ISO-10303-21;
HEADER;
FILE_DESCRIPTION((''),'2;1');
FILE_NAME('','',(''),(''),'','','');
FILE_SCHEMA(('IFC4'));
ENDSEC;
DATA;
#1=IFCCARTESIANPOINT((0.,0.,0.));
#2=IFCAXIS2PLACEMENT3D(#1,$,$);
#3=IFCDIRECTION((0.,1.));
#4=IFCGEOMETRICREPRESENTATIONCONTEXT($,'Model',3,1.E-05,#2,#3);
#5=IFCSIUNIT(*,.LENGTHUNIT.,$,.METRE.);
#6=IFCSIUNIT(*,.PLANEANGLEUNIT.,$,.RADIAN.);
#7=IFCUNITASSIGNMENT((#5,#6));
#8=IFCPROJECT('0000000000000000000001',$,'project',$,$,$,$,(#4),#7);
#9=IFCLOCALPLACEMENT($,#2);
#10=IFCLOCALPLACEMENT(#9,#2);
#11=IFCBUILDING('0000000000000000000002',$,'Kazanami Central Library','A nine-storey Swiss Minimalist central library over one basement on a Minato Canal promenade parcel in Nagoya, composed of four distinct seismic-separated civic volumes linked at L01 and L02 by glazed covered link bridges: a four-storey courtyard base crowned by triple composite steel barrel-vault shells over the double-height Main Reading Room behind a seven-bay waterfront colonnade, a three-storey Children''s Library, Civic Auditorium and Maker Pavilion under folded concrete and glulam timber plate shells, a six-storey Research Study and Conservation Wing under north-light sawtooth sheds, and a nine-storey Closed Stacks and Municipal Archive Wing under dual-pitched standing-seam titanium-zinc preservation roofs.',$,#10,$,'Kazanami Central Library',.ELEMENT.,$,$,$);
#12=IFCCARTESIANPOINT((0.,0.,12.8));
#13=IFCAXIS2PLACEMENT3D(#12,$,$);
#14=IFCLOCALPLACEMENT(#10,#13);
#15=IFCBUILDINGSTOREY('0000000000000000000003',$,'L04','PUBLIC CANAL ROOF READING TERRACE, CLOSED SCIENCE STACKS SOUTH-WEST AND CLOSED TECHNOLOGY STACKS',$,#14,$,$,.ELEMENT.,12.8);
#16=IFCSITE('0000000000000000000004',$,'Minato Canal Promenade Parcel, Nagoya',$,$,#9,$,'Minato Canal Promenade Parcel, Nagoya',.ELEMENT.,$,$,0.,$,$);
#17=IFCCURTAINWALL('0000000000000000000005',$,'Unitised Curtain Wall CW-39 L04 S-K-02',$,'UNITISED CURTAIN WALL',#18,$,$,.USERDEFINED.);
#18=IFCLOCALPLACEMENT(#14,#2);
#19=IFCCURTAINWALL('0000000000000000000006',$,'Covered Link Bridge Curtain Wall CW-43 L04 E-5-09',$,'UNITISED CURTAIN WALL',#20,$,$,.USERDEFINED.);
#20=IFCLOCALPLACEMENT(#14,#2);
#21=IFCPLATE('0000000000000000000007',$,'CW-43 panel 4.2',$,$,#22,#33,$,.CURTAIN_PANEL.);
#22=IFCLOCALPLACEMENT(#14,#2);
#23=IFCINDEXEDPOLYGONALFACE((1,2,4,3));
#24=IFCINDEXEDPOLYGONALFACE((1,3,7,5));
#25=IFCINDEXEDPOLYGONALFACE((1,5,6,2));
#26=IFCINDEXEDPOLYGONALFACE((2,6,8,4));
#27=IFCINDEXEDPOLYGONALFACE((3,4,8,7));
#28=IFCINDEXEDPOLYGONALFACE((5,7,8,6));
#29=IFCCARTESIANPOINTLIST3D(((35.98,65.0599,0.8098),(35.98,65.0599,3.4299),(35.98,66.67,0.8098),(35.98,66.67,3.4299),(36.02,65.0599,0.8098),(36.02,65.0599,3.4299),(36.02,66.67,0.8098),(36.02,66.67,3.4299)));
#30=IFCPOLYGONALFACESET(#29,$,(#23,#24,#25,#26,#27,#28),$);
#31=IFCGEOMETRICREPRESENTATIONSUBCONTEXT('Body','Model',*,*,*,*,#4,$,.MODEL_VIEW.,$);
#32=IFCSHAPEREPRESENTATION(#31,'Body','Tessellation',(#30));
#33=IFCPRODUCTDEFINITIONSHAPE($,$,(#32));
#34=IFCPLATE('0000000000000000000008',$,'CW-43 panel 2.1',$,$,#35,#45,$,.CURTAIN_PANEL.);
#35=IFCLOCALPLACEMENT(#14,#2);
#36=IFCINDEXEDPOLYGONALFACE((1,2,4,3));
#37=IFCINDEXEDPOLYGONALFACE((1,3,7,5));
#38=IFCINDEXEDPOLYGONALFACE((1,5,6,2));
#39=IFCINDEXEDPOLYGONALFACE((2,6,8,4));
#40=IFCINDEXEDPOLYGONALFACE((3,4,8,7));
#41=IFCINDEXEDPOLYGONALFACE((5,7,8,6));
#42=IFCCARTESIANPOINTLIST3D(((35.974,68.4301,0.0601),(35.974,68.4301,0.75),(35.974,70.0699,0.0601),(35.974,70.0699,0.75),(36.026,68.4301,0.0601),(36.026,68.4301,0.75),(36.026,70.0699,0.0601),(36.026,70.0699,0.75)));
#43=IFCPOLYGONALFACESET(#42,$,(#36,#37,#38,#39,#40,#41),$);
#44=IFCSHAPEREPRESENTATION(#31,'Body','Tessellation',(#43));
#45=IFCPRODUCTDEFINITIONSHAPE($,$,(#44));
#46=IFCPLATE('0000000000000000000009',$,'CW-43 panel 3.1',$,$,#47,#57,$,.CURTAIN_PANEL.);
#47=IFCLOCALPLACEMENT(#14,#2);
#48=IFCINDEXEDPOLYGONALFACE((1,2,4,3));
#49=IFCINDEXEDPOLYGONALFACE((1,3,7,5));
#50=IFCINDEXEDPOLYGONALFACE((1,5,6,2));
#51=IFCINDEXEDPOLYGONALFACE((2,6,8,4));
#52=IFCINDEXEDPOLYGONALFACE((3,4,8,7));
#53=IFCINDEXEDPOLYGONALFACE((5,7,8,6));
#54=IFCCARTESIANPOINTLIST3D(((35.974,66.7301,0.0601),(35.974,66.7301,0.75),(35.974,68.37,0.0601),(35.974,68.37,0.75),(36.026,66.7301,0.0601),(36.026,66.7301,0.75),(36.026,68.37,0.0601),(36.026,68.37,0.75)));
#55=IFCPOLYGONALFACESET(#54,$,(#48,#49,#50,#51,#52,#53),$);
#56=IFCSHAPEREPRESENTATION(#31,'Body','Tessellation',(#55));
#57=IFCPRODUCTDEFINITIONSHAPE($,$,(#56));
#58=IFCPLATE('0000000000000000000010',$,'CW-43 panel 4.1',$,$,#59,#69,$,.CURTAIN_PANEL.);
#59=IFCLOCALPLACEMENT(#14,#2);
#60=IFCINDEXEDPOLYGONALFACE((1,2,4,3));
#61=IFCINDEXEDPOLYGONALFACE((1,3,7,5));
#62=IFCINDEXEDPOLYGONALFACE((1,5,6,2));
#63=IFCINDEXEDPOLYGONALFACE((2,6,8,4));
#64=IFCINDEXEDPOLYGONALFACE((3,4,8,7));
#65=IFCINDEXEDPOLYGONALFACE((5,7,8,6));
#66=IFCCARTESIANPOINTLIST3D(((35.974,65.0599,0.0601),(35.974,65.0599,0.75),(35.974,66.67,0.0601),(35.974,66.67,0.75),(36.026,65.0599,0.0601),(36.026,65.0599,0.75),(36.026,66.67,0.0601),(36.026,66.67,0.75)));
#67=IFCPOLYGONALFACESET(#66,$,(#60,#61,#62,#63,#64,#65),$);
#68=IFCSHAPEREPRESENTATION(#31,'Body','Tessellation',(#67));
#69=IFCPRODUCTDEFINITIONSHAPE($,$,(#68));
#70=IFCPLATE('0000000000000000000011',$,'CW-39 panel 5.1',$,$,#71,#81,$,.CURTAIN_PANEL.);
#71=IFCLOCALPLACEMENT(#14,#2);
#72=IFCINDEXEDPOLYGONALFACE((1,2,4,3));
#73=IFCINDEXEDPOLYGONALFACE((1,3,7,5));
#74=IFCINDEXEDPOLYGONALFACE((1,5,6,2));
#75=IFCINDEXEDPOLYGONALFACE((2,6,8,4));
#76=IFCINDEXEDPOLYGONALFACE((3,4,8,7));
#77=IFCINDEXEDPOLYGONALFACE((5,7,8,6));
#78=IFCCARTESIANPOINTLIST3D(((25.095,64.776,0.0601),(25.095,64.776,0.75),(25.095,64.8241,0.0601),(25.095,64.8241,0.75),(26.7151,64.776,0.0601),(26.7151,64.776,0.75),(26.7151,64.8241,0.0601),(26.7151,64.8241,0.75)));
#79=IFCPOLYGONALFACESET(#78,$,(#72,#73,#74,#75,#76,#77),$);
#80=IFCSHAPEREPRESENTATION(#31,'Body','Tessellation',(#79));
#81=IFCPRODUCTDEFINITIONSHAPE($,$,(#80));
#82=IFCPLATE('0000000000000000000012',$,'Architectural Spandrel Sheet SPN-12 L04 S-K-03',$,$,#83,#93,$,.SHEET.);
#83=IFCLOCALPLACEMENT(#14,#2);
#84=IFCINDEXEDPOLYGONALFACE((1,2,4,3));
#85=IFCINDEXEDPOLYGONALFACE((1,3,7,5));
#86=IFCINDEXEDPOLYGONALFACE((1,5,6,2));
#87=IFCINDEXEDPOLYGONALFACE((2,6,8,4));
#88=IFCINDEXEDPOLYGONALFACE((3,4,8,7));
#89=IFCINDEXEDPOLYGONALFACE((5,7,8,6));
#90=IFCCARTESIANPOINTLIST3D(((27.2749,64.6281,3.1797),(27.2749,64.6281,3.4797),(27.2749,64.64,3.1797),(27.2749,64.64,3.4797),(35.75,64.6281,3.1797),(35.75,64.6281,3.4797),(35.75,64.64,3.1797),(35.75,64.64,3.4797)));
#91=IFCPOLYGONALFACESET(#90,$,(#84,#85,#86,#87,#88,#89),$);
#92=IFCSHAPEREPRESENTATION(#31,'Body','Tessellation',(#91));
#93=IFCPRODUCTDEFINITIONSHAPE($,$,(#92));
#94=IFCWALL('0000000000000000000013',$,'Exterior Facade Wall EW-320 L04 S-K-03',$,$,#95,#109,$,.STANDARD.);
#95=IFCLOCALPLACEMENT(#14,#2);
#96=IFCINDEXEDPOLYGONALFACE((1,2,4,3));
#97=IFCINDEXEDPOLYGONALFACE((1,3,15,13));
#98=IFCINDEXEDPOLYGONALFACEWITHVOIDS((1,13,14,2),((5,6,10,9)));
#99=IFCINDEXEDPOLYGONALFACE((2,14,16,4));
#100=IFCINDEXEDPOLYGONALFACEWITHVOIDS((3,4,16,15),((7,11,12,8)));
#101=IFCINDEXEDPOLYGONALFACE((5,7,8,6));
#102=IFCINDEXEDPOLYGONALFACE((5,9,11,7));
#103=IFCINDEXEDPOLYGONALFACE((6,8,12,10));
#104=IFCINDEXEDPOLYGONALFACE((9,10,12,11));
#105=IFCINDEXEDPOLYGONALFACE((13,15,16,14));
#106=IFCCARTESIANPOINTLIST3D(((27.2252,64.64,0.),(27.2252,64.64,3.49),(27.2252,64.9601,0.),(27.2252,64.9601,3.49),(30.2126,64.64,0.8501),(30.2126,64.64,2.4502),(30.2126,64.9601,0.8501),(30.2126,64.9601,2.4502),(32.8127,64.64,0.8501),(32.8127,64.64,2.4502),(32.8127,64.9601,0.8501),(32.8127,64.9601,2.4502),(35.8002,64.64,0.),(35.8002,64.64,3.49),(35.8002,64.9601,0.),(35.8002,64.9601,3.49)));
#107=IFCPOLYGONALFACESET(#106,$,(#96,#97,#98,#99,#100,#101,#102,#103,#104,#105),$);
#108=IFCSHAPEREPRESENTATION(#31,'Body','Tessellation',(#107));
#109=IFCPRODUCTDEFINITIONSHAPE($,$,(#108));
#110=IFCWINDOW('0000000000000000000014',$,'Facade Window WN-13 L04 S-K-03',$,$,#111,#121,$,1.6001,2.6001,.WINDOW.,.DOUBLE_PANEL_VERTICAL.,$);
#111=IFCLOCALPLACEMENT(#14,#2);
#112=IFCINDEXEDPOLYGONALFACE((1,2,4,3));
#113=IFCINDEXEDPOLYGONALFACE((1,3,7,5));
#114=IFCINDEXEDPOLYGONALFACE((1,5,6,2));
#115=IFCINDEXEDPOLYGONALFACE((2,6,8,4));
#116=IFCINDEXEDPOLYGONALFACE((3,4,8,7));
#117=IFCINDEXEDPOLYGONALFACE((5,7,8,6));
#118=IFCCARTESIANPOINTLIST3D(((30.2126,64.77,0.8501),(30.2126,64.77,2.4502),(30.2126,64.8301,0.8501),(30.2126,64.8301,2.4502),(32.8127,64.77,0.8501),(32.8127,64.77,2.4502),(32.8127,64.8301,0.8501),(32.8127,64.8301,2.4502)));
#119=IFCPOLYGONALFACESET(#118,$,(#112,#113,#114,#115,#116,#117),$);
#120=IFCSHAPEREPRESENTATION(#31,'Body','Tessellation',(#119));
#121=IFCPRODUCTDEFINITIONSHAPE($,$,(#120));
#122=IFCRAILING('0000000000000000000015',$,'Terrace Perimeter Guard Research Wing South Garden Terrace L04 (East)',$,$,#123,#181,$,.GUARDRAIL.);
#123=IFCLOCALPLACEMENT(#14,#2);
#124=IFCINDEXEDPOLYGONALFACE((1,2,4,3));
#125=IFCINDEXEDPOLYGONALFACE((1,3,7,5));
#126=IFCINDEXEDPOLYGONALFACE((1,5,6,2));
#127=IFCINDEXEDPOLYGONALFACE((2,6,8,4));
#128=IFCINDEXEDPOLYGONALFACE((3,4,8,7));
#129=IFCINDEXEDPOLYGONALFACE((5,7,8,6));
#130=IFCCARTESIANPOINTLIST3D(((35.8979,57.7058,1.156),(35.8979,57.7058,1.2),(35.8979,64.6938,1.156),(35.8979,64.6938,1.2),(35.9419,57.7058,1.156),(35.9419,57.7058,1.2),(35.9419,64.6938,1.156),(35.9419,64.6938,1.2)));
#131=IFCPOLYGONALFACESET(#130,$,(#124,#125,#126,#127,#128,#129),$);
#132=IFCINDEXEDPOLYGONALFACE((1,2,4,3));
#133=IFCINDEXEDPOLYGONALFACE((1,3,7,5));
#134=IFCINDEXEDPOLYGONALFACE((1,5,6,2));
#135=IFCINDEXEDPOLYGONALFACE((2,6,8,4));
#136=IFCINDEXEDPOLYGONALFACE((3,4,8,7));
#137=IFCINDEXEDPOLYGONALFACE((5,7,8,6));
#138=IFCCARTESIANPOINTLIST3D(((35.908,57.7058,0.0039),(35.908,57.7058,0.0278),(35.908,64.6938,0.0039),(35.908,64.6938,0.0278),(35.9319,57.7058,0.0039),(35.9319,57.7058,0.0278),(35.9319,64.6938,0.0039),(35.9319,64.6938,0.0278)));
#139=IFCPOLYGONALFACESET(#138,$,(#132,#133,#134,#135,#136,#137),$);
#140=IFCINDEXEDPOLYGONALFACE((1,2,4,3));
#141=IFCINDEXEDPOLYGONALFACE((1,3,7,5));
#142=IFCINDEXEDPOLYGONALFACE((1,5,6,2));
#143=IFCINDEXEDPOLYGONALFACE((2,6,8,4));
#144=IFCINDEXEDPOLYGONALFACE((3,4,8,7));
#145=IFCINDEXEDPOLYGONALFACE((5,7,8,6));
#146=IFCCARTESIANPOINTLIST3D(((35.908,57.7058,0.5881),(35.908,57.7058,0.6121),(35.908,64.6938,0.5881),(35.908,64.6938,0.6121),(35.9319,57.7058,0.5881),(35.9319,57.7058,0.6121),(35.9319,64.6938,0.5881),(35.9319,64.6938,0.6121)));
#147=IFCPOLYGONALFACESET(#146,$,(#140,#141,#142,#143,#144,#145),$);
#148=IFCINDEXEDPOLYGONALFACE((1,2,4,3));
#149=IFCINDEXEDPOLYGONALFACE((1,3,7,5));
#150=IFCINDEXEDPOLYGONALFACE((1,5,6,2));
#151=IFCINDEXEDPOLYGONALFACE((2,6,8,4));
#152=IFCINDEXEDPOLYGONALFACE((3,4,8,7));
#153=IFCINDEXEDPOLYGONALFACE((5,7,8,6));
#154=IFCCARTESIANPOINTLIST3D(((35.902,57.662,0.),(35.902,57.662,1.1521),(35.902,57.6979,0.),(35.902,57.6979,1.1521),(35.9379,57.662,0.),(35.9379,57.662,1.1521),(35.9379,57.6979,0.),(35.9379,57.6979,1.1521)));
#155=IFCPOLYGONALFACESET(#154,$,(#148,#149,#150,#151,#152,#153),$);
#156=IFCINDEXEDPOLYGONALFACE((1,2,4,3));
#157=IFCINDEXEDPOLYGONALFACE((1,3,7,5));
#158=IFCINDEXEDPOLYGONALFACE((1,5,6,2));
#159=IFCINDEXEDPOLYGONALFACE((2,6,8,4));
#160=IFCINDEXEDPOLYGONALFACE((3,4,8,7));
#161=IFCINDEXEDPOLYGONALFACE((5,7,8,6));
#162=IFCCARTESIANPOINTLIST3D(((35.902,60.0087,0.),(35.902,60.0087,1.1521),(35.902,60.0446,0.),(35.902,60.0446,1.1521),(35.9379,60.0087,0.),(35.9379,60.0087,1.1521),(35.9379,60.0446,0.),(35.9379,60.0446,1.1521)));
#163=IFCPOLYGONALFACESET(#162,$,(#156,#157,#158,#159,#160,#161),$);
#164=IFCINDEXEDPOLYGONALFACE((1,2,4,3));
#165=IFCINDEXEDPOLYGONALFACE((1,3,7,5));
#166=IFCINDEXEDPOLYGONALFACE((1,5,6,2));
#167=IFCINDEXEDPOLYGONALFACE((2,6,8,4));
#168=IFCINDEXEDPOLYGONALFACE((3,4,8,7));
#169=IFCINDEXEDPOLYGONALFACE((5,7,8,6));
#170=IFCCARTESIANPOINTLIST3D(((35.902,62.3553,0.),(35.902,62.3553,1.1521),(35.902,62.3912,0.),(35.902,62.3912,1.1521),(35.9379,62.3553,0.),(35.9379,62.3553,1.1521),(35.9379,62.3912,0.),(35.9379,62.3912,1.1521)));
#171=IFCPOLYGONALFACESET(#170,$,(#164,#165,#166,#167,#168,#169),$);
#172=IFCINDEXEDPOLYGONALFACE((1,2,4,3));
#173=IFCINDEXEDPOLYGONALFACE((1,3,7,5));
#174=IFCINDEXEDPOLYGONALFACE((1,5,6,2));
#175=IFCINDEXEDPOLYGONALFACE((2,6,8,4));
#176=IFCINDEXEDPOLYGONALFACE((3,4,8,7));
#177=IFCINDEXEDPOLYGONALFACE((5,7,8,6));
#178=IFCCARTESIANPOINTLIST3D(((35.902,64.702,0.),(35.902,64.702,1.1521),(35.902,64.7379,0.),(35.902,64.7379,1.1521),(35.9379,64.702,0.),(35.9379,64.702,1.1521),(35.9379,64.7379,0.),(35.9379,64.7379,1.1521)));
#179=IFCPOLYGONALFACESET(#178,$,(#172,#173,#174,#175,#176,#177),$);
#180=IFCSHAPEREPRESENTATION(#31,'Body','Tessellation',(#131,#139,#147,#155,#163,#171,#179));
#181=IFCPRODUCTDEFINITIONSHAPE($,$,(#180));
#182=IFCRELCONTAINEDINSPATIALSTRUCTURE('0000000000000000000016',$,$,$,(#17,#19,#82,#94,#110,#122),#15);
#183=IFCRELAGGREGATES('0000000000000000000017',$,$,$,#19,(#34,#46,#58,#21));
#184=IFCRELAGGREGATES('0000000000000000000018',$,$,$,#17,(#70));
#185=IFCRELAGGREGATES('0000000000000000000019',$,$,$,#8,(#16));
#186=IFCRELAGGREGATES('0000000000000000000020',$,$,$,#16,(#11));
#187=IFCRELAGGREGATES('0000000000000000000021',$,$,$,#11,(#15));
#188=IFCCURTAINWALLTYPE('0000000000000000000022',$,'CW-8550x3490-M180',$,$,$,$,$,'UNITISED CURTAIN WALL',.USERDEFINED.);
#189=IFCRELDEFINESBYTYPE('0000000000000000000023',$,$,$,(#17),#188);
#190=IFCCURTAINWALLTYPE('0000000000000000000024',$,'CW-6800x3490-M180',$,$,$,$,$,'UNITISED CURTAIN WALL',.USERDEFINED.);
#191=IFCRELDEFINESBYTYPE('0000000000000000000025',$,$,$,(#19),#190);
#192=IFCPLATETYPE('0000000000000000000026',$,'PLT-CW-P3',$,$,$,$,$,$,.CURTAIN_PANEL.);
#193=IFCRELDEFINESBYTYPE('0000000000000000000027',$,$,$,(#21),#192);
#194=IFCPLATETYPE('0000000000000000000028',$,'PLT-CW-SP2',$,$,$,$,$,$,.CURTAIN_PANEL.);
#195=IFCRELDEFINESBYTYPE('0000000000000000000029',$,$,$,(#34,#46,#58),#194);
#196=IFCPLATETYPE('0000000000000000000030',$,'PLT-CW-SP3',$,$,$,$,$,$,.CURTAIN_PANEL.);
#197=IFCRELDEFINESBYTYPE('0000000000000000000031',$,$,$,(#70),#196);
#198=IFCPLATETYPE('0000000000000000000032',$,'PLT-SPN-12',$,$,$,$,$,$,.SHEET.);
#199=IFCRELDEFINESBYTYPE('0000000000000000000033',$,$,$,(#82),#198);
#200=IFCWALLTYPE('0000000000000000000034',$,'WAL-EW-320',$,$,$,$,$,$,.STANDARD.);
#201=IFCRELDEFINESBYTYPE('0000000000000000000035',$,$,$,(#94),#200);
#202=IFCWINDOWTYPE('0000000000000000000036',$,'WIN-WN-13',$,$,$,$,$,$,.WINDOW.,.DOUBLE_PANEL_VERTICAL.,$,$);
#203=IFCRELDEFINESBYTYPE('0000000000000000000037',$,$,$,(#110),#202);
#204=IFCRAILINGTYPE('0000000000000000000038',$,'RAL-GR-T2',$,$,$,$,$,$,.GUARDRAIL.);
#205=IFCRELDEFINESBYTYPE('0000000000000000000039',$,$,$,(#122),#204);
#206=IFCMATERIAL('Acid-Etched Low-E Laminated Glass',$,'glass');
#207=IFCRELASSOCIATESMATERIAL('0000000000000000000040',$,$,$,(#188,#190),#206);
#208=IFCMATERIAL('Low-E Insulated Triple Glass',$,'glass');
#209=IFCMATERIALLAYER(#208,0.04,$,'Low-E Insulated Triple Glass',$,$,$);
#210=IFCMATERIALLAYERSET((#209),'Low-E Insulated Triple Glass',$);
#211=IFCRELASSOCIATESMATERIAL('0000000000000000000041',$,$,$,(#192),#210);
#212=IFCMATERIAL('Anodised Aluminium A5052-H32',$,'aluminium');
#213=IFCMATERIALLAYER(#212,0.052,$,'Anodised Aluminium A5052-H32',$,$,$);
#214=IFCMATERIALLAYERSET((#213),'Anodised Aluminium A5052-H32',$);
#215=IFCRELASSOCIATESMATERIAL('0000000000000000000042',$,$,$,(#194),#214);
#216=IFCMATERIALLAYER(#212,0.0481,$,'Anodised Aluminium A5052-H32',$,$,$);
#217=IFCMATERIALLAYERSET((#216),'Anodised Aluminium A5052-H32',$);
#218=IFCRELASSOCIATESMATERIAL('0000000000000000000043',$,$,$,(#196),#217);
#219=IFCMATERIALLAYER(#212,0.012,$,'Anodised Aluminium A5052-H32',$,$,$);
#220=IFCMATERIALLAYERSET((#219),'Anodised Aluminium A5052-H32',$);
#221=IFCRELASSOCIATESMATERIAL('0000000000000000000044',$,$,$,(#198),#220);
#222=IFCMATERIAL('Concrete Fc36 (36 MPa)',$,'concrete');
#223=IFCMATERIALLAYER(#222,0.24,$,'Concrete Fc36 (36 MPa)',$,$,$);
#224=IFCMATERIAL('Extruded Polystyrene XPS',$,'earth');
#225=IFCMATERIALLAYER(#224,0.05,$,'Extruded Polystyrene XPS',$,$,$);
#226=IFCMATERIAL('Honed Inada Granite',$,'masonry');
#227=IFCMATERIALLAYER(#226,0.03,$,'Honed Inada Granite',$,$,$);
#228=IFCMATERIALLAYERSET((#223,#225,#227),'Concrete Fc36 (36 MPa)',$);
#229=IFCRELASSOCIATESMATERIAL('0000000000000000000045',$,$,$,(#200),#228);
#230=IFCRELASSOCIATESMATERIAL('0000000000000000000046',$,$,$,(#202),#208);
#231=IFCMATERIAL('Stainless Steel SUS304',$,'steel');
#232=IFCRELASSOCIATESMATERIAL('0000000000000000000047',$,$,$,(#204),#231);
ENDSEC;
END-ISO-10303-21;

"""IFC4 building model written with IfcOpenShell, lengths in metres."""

from ifc_helpers import new_model, si_unit, direction, frame, frame_2d, origin, origin_2d, place, context, subcontext, project, spatial, rectangle, extrude, material, layer, layer_set, type_object, element, fill, aggregate, save


model = new_model("IFC4")

# Units and contexts
model_context = context("Model", 3, precision=1e-05, world=origin(), true_north=direction((0.0, 1.0)))
body_context = subcontext(model_context, "Body", "Model", "MODEL_VIEW")
ifc_project = project(units=[si_unit("LENGTHUNIT", "METRE"), si_unit("PLANEANGLEUNIT", "RADIAN")], contexts=[model_context])

# Site, building, storey
site_placement = place(None, origin())
site = spatial("IfcSite", under=ifc_project, at=site_placement, Name="Minato Canal Promenade Parcel, Nagoya", LongName="Minato Canal Promenade Parcel, Nagoya", CompositionType="ELEMENT", RefElevation=0.0)
building_placement = place(site_placement, origin())
building = spatial("IfcBuilding", under=site, at=building_placement, Name="Kazanami Central Library", Description="A nine-storey Swiss Minimalist central library over one basement on a Minato Canal promenade parcel in Nagoya, composed of four distinct seismic-separated civic volumes linked at L01 and L02 by glazed covered link bridges: a four-storey courtyard base crowned by triple composite steel barrel-vault shells over the double-height Main Reading Room behind a seven-bay waterfront colonnade, a three-storey Children's Library, Civic Auditorium and Maker Pavilion under folded concrete and glulam timber plate shells, a six-storey Research Study and Conservation Wing under north-light sawtooth sheds, and a nine-storey Closed Stacks and Municipal Archive Wing under dual-pitched standing-seam titanium-zinc preservation roofs.", LongName="Kazanami Central Library", CompositionType="ELEMENT")
storey_placement = place(building_placement, frame((0.0, 0.0, 12.8)))
storey = spatial("IfcBuildingStorey", under=building, at=storey_placement, Name="L04", Description="PUBLIC CANAL ROOF READING TERRACE, CLOSED SCIENCE STACKS SOUTH-WEST AND CLOSED TECHNOLOGY STACKS", CompositionType="ELEMENT", Elevation=12.8)

# Curtain wall
ifc_material_1 = material(Name="Acid-Etched Low-E Laminated Glass", Category="glass")
curtain_wall_type_1 = type_object("IfcCurtainWallType", Name="CW-8550x3490-M180", ElementType="UNITISED CURTAIN WALL", PredefinedType="USERDEFINED", material=ifc_material_1)
curtain_wall_1_placement = place(storey_placement, origin())
curtain_wall_1 = element("IfcCurtainWall", 1, at=curtain_wall_1_placement, inside=storey, type_object=curtain_wall_type_1, Name="Unitised Curtain Wall CW-39 L04 S-K-02", ObjectType="UNITISED CURTAIN WALL", PredefinedType="USERDEFINED")

# Curtain wall
curtain_wall_type_2 = type_object("IfcCurtainWallType", Name="CW-6800x3490-M180", ElementType="UNITISED CURTAIN WALL", PredefinedType="USERDEFINED", material=ifc_material_1)
curtain_wall_2_placement = place(storey_placement, origin())
curtain_wall_2 = element("IfcCurtainWall", 2, at=curtain_wall_2_placement, inside=storey, type_object=curtain_wall_type_2, Name="Covered Link Bridge Curtain Wall CW-43 L04 E-5-09", ObjectType="UNITISED CURTAIN WALL", PredefinedType="USERDEFINED")

# Plates
ifc_material_2 = material(Name="Low-E Insulated Triple Glass", Category="glass")
ifc_layer_1 = layer(ifc_material_2, 0.04, Name="Low-E Insulated Triple Glass")
ifc_layer_set_1 = layer_set([ifc_layer_1], Name="Low-E Insulated Triple Glass")
plate_type_1 = type_object("IfcPlateType", Name="PLT-CW-P3", PredefinedType="CURTAIN_PANEL", material=ifc_layer_set_1)
plate_1_placement = place(storey_placement, frame((36.0, 65.865, 0.8098), z_axis=(0.0, 0.0, 1.0), x_axis=(0.0, -1.0, 0.0)))
plate_1 = element("IfcPlate", 3, at=plate_1_placement, type_object=plate_type_1, Name="CW-43 panel 4.2", PredefinedType="CURTAIN_PANEL", context=body_context, shape_type="SweptSolid", body=[
    extrude(rectangle(XDim=1.6101, YDim=0.04, at=origin_2d()), origin(), (0.0, 0.0, 1.0), 2.6201),
])
ifc_material_3 = material(Name="Anodised Aluminium A5052-H32", Category="aluminium")
ifc_layer_2 = layer(ifc_material_3, 0.052, Name="Anodised Aluminium A5052-H32")
ifc_layer_set_2 = layer_set([ifc_layer_2], Name="Anodised Aluminium A5052-H32")
plate_type_2 = type_object("IfcPlateType", Name="PLT-CW-SP2", PredefinedType="CURTAIN_PANEL", material=ifc_layer_set_2)
plate_2_placement = place(storey_placement, frame((36.0, 69.25, 0.0601), z_axis=(0.0, 0.0, 1.0), x_axis=(0.0, -1.0, 0.0)))
plate_2 = element("IfcPlate", 4, at=plate_2_placement, type_object=plate_type_2, Name="CW-43 panel 2.1", PredefinedType="CURTAIN_PANEL", context=body_context, shape_type="SweptSolid", body=[
    extrude(rectangle(XDim=1.6399, YDim=0.052, at=origin_2d()), origin(), (0.0, 0.0, 1.0), 0.6899),
])
plate_3_placement = place(storey_placement, frame((36.0, 67.55, 0.0601), z_axis=(0.0, 0.0, 1.0), x_axis=(0.0, -1.0, 0.0)))
plate_3 = element("IfcPlate", 5, at=plate_3_placement, type_object=plate_type_2, Name="CW-43 panel 3.1", PredefinedType="CURTAIN_PANEL", context=body_context, shape_type="SweptSolid", body=[
    extrude(rectangle(XDim=1.6399, YDim=0.052, at=origin_2d()), origin(), (0.0, 0.0, 1.0), 0.6899),
])
plate_4_placement = place(storey_placement, frame((36.0, 65.865, 0.0601), z_axis=(0.0, 0.0, 1.0), x_axis=(0.0, -1.0, 0.0)))
plate_4 = element("IfcPlate", 6, at=plate_4_placement, type_object=plate_type_2, Name="CW-43 panel 4.1", PredefinedType="CURTAIN_PANEL", context=body_context, shape_type="SweptSolid", body=[
    extrude(rectangle(XDim=1.6101, YDim=0.052, at=origin_2d()), origin(), (0.0, 0.0, 1.0), 0.6899),
])
aggregate(curtain_wall_2, [plate_2, plate_3, plate_4, plate_1])
ifc_layer_3 = layer(ifc_material_3, 0.0481, Name="Anodised Aluminium A5052-H32")
ifc_layer_set_3 = layer_set([ifc_layer_3], Name="Anodised Aluminium A5052-H32")
plate_type_3 = type_object("IfcPlateType", Name="PLT-CW-SP3", PredefinedType="CURTAIN_PANEL", material=ifc_layer_set_3)
plate_5_placement = place(storey_placement, frame((25.905, 64.8, 0.0601), z_axis=(0.0, 0.0, 1.0), x_axis=(1.0, 0.0, 0.0)))
plate_5 = element("IfcPlate", 7, at=plate_5_placement, type_object=plate_type_3, Name="CW-39 panel 5.1", PredefinedType="CURTAIN_PANEL", context=body_context, shape_type="SweptSolid", body=[
    extrude(rectangle(XDim=1.6201, YDim=0.0481, at=origin_2d()), origin(), (0.0, 0.0, 1.0), 0.6899),
])
aggregate(curtain_wall_1, [plate_5])
ifc_layer_4 = layer(ifc_material_3, 0.012, Name="Anodised Aluminium A5052-H32")
ifc_layer_set_4 = layer_set([ifc_layer_4], Name="Anodised Aluminium A5052-H32")
plate_type_4 = type_object("IfcPlateType", Name="PLT-SPN-12", PredefinedType="SHEET", material=ifc_layer_set_4)
plate_6_placement = place(storey_placement, frame((31.5125, 64.634, 3.1797), z_axis=(0.0, 0.0, 1.0), x_axis=(1.0, 0.0, 0.0)))
element("IfcPlate", 8, at=plate_6_placement, inside=storey, type_object=plate_type_4, Name="Architectural Spandrel Sheet SPN-12 L04 S-K-03", PredefinedType="SHEET", context=body_context, shape_type="SweptSolid", body=[
    extrude(rectangle(XDim=8.4751, YDim=0.012, at=origin_2d()), origin(), (0.0, 0.0, 1.0), 0.3),
])

# Wall, opening, window
ifc_material_4 = material(Name="Concrete Fc36 (36 MPa)", Category="concrete")
ifc_layer_5 = layer(ifc_material_4, 0.24, Name="Concrete Fc36 (36 MPa)")
ifc_material_5 = material(Name="Extruded Polystyrene XPS", Category="earth")
ifc_layer_6 = layer(ifc_material_5, 0.05, Name="Extruded Polystyrene XPS")
ifc_material_6 = material(Name="Honed Inada Granite", Category="masonry")
ifc_layer_7 = layer(ifc_material_6, 0.03, Name="Honed Inada Granite")
ifc_layer_set_5 = layer_set([ifc_layer_5, ifc_layer_6, ifc_layer_7], Name="Concrete Fc36 (36 MPa)")
wall_type = type_object("IfcWallType", Name="WAL-EW-320", PredefinedType="STANDARD", material=ifc_layer_set_5)
wall_placement = place(storey_placement, frame((27.2251, 64.8, 0.0), z_axis=(0.0, 0.0, 1.0), x_axis=(1.0, 0.0, 0.0)))
wall = element("IfcWall", 9, at=wall_placement, inside=storey, type_object=wall_type, Name="Exterior Facade Wall EW-320 L04 S-K-03", PredefinedType="STANDARD", context=body_context, shape_type="SweptSolid", body=[
    extrude(rectangle(XDim=8.575, YDim=0.3201, at=frame_2d((4.2876, 0.0))), origin(), (0.0, 0.0, 1.0), 3.49),
])
opening_placement = place(wall_placement, frame((2.9875, 0.0, 0.8501)))
opening = element("IfcOpeningElement", 10, at=opening_placement, cuts=wall, PredefinedType="OPENING", context=body_context, shape_type="SweptSolid", body=[
    extrude(rectangle(XDim=2.6001, YDim=1.6001, at=frame_2d((1.3, 0.8))), frame((0.0, 0.1719, 0.0), z_axis=(0.0, -1.0, 0.0), x_axis=(1.0, 0.0, 0.0)), (0.0, 0.0, 1.0), 0.344),
])
window_type = type_object("IfcWindowType", Name="WIN-WN-13", PartitioningType="DOUBLE_PANEL_VERTICAL", PredefinedType="WINDOW", material=ifc_material_2)
window_placement = place(opening_placement, origin())
window = element("IfcWindow", 11, at=window_placement, inside=storey, type_object=window_type, Name="Facade Window WN-13 L04 S-K-03", OverallHeight=1.6001, OverallWidth=2.6001, PartitioningType="DOUBLE_PANEL_VERTICAL", PredefinedType="WINDOW", context=body_context, shape_type="SweptSolid", body=[
    extrude(rectangle(XDim=2.6001, YDim=1.6001, at=frame_2d((1.3, 0.8))), frame((0.0, 0.03, 0.0), z_axis=(0.0, -1.0, 0.0), x_axis=(1.0, 0.0, 0.0)), (0.0, 0.0, 1.0), 0.0601),
])
fill(opening, window)

# Railing
ifc_material_7 = material(Name="Stainless Steel SUS304", Category="steel")
railing_type = type_object("IfcRailingType", Name="RAL-GR-T2", PredefinedType="GUARDRAIL", material=ifc_material_7)
railing_placement = place(storey_placement, frame((35.9199, 57.6799, 0.0)))
element("IfcRailing", 12, at=railing_placement, inside=storey, type_object=railing_type, Name="Terrace Perimeter Guard Research Wing South Garden Terrace L04 (East)", PredefinedType="GUARDRAIL", context=body_context, shape_type="SweptSolid", body=[
    extrude(rectangle(XDim=0.0439, YDim=0.0439, at=origin_2d()), frame((0.0, 0.0259, 1.178), z_axis=(0.0, 1.0, 0.0), x_axis=(-1.0, 0.0, 0.0)), (0.0, 0.0, 1.0), 6.988),
    extrude(rectangle(XDim=0.0239, YDim=0.0239, at=origin_2d()), frame((0.0, 0.0259, 0.0159), z_axis=(0.0, 1.0, 0.0), x_axis=(-1.0, 0.0, 0.0)), (0.0, 0.0, 1.0), 6.988),
    extrude(rectangle(XDim=0.0239, YDim=0.0239, at=origin_2d()), frame((0.0, 0.0259, 0.6001), z_axis=(0.0, 1.0, 0.0), x_axis=(-1.0, 0.0, 0.0)), (0.0, 0.0, 1.0), 6.988),
    extrude(rectangle(XDim=0.0359, YDim=0.0359, at=origin_2d()), origin(), (0.0, 0.0, 1.0), 1.1521),
    extrude(rectangle(XDim=0.0359, YDim=0.0359, at=origin_2d()), frame((0.0, 2.3467, 0.0)), (0.0, 0.0, 1.0), 1.1521),
    extrude(rectangle(XDim=0.0359, YDim=0.0359, at=origin_2d()), frame((0.0, 4.6934, 0.0)), (0.0, 0.0, 1.0), 1.1521),
    extrude(rectangle(XDim=0.0359, YDim=0.0359, at=origin_2d()), frame((0.0, 7.04, 0.0)), (0.0, 0.0, 1.0), 1.1521),
])

save(model, "model.ifc")
